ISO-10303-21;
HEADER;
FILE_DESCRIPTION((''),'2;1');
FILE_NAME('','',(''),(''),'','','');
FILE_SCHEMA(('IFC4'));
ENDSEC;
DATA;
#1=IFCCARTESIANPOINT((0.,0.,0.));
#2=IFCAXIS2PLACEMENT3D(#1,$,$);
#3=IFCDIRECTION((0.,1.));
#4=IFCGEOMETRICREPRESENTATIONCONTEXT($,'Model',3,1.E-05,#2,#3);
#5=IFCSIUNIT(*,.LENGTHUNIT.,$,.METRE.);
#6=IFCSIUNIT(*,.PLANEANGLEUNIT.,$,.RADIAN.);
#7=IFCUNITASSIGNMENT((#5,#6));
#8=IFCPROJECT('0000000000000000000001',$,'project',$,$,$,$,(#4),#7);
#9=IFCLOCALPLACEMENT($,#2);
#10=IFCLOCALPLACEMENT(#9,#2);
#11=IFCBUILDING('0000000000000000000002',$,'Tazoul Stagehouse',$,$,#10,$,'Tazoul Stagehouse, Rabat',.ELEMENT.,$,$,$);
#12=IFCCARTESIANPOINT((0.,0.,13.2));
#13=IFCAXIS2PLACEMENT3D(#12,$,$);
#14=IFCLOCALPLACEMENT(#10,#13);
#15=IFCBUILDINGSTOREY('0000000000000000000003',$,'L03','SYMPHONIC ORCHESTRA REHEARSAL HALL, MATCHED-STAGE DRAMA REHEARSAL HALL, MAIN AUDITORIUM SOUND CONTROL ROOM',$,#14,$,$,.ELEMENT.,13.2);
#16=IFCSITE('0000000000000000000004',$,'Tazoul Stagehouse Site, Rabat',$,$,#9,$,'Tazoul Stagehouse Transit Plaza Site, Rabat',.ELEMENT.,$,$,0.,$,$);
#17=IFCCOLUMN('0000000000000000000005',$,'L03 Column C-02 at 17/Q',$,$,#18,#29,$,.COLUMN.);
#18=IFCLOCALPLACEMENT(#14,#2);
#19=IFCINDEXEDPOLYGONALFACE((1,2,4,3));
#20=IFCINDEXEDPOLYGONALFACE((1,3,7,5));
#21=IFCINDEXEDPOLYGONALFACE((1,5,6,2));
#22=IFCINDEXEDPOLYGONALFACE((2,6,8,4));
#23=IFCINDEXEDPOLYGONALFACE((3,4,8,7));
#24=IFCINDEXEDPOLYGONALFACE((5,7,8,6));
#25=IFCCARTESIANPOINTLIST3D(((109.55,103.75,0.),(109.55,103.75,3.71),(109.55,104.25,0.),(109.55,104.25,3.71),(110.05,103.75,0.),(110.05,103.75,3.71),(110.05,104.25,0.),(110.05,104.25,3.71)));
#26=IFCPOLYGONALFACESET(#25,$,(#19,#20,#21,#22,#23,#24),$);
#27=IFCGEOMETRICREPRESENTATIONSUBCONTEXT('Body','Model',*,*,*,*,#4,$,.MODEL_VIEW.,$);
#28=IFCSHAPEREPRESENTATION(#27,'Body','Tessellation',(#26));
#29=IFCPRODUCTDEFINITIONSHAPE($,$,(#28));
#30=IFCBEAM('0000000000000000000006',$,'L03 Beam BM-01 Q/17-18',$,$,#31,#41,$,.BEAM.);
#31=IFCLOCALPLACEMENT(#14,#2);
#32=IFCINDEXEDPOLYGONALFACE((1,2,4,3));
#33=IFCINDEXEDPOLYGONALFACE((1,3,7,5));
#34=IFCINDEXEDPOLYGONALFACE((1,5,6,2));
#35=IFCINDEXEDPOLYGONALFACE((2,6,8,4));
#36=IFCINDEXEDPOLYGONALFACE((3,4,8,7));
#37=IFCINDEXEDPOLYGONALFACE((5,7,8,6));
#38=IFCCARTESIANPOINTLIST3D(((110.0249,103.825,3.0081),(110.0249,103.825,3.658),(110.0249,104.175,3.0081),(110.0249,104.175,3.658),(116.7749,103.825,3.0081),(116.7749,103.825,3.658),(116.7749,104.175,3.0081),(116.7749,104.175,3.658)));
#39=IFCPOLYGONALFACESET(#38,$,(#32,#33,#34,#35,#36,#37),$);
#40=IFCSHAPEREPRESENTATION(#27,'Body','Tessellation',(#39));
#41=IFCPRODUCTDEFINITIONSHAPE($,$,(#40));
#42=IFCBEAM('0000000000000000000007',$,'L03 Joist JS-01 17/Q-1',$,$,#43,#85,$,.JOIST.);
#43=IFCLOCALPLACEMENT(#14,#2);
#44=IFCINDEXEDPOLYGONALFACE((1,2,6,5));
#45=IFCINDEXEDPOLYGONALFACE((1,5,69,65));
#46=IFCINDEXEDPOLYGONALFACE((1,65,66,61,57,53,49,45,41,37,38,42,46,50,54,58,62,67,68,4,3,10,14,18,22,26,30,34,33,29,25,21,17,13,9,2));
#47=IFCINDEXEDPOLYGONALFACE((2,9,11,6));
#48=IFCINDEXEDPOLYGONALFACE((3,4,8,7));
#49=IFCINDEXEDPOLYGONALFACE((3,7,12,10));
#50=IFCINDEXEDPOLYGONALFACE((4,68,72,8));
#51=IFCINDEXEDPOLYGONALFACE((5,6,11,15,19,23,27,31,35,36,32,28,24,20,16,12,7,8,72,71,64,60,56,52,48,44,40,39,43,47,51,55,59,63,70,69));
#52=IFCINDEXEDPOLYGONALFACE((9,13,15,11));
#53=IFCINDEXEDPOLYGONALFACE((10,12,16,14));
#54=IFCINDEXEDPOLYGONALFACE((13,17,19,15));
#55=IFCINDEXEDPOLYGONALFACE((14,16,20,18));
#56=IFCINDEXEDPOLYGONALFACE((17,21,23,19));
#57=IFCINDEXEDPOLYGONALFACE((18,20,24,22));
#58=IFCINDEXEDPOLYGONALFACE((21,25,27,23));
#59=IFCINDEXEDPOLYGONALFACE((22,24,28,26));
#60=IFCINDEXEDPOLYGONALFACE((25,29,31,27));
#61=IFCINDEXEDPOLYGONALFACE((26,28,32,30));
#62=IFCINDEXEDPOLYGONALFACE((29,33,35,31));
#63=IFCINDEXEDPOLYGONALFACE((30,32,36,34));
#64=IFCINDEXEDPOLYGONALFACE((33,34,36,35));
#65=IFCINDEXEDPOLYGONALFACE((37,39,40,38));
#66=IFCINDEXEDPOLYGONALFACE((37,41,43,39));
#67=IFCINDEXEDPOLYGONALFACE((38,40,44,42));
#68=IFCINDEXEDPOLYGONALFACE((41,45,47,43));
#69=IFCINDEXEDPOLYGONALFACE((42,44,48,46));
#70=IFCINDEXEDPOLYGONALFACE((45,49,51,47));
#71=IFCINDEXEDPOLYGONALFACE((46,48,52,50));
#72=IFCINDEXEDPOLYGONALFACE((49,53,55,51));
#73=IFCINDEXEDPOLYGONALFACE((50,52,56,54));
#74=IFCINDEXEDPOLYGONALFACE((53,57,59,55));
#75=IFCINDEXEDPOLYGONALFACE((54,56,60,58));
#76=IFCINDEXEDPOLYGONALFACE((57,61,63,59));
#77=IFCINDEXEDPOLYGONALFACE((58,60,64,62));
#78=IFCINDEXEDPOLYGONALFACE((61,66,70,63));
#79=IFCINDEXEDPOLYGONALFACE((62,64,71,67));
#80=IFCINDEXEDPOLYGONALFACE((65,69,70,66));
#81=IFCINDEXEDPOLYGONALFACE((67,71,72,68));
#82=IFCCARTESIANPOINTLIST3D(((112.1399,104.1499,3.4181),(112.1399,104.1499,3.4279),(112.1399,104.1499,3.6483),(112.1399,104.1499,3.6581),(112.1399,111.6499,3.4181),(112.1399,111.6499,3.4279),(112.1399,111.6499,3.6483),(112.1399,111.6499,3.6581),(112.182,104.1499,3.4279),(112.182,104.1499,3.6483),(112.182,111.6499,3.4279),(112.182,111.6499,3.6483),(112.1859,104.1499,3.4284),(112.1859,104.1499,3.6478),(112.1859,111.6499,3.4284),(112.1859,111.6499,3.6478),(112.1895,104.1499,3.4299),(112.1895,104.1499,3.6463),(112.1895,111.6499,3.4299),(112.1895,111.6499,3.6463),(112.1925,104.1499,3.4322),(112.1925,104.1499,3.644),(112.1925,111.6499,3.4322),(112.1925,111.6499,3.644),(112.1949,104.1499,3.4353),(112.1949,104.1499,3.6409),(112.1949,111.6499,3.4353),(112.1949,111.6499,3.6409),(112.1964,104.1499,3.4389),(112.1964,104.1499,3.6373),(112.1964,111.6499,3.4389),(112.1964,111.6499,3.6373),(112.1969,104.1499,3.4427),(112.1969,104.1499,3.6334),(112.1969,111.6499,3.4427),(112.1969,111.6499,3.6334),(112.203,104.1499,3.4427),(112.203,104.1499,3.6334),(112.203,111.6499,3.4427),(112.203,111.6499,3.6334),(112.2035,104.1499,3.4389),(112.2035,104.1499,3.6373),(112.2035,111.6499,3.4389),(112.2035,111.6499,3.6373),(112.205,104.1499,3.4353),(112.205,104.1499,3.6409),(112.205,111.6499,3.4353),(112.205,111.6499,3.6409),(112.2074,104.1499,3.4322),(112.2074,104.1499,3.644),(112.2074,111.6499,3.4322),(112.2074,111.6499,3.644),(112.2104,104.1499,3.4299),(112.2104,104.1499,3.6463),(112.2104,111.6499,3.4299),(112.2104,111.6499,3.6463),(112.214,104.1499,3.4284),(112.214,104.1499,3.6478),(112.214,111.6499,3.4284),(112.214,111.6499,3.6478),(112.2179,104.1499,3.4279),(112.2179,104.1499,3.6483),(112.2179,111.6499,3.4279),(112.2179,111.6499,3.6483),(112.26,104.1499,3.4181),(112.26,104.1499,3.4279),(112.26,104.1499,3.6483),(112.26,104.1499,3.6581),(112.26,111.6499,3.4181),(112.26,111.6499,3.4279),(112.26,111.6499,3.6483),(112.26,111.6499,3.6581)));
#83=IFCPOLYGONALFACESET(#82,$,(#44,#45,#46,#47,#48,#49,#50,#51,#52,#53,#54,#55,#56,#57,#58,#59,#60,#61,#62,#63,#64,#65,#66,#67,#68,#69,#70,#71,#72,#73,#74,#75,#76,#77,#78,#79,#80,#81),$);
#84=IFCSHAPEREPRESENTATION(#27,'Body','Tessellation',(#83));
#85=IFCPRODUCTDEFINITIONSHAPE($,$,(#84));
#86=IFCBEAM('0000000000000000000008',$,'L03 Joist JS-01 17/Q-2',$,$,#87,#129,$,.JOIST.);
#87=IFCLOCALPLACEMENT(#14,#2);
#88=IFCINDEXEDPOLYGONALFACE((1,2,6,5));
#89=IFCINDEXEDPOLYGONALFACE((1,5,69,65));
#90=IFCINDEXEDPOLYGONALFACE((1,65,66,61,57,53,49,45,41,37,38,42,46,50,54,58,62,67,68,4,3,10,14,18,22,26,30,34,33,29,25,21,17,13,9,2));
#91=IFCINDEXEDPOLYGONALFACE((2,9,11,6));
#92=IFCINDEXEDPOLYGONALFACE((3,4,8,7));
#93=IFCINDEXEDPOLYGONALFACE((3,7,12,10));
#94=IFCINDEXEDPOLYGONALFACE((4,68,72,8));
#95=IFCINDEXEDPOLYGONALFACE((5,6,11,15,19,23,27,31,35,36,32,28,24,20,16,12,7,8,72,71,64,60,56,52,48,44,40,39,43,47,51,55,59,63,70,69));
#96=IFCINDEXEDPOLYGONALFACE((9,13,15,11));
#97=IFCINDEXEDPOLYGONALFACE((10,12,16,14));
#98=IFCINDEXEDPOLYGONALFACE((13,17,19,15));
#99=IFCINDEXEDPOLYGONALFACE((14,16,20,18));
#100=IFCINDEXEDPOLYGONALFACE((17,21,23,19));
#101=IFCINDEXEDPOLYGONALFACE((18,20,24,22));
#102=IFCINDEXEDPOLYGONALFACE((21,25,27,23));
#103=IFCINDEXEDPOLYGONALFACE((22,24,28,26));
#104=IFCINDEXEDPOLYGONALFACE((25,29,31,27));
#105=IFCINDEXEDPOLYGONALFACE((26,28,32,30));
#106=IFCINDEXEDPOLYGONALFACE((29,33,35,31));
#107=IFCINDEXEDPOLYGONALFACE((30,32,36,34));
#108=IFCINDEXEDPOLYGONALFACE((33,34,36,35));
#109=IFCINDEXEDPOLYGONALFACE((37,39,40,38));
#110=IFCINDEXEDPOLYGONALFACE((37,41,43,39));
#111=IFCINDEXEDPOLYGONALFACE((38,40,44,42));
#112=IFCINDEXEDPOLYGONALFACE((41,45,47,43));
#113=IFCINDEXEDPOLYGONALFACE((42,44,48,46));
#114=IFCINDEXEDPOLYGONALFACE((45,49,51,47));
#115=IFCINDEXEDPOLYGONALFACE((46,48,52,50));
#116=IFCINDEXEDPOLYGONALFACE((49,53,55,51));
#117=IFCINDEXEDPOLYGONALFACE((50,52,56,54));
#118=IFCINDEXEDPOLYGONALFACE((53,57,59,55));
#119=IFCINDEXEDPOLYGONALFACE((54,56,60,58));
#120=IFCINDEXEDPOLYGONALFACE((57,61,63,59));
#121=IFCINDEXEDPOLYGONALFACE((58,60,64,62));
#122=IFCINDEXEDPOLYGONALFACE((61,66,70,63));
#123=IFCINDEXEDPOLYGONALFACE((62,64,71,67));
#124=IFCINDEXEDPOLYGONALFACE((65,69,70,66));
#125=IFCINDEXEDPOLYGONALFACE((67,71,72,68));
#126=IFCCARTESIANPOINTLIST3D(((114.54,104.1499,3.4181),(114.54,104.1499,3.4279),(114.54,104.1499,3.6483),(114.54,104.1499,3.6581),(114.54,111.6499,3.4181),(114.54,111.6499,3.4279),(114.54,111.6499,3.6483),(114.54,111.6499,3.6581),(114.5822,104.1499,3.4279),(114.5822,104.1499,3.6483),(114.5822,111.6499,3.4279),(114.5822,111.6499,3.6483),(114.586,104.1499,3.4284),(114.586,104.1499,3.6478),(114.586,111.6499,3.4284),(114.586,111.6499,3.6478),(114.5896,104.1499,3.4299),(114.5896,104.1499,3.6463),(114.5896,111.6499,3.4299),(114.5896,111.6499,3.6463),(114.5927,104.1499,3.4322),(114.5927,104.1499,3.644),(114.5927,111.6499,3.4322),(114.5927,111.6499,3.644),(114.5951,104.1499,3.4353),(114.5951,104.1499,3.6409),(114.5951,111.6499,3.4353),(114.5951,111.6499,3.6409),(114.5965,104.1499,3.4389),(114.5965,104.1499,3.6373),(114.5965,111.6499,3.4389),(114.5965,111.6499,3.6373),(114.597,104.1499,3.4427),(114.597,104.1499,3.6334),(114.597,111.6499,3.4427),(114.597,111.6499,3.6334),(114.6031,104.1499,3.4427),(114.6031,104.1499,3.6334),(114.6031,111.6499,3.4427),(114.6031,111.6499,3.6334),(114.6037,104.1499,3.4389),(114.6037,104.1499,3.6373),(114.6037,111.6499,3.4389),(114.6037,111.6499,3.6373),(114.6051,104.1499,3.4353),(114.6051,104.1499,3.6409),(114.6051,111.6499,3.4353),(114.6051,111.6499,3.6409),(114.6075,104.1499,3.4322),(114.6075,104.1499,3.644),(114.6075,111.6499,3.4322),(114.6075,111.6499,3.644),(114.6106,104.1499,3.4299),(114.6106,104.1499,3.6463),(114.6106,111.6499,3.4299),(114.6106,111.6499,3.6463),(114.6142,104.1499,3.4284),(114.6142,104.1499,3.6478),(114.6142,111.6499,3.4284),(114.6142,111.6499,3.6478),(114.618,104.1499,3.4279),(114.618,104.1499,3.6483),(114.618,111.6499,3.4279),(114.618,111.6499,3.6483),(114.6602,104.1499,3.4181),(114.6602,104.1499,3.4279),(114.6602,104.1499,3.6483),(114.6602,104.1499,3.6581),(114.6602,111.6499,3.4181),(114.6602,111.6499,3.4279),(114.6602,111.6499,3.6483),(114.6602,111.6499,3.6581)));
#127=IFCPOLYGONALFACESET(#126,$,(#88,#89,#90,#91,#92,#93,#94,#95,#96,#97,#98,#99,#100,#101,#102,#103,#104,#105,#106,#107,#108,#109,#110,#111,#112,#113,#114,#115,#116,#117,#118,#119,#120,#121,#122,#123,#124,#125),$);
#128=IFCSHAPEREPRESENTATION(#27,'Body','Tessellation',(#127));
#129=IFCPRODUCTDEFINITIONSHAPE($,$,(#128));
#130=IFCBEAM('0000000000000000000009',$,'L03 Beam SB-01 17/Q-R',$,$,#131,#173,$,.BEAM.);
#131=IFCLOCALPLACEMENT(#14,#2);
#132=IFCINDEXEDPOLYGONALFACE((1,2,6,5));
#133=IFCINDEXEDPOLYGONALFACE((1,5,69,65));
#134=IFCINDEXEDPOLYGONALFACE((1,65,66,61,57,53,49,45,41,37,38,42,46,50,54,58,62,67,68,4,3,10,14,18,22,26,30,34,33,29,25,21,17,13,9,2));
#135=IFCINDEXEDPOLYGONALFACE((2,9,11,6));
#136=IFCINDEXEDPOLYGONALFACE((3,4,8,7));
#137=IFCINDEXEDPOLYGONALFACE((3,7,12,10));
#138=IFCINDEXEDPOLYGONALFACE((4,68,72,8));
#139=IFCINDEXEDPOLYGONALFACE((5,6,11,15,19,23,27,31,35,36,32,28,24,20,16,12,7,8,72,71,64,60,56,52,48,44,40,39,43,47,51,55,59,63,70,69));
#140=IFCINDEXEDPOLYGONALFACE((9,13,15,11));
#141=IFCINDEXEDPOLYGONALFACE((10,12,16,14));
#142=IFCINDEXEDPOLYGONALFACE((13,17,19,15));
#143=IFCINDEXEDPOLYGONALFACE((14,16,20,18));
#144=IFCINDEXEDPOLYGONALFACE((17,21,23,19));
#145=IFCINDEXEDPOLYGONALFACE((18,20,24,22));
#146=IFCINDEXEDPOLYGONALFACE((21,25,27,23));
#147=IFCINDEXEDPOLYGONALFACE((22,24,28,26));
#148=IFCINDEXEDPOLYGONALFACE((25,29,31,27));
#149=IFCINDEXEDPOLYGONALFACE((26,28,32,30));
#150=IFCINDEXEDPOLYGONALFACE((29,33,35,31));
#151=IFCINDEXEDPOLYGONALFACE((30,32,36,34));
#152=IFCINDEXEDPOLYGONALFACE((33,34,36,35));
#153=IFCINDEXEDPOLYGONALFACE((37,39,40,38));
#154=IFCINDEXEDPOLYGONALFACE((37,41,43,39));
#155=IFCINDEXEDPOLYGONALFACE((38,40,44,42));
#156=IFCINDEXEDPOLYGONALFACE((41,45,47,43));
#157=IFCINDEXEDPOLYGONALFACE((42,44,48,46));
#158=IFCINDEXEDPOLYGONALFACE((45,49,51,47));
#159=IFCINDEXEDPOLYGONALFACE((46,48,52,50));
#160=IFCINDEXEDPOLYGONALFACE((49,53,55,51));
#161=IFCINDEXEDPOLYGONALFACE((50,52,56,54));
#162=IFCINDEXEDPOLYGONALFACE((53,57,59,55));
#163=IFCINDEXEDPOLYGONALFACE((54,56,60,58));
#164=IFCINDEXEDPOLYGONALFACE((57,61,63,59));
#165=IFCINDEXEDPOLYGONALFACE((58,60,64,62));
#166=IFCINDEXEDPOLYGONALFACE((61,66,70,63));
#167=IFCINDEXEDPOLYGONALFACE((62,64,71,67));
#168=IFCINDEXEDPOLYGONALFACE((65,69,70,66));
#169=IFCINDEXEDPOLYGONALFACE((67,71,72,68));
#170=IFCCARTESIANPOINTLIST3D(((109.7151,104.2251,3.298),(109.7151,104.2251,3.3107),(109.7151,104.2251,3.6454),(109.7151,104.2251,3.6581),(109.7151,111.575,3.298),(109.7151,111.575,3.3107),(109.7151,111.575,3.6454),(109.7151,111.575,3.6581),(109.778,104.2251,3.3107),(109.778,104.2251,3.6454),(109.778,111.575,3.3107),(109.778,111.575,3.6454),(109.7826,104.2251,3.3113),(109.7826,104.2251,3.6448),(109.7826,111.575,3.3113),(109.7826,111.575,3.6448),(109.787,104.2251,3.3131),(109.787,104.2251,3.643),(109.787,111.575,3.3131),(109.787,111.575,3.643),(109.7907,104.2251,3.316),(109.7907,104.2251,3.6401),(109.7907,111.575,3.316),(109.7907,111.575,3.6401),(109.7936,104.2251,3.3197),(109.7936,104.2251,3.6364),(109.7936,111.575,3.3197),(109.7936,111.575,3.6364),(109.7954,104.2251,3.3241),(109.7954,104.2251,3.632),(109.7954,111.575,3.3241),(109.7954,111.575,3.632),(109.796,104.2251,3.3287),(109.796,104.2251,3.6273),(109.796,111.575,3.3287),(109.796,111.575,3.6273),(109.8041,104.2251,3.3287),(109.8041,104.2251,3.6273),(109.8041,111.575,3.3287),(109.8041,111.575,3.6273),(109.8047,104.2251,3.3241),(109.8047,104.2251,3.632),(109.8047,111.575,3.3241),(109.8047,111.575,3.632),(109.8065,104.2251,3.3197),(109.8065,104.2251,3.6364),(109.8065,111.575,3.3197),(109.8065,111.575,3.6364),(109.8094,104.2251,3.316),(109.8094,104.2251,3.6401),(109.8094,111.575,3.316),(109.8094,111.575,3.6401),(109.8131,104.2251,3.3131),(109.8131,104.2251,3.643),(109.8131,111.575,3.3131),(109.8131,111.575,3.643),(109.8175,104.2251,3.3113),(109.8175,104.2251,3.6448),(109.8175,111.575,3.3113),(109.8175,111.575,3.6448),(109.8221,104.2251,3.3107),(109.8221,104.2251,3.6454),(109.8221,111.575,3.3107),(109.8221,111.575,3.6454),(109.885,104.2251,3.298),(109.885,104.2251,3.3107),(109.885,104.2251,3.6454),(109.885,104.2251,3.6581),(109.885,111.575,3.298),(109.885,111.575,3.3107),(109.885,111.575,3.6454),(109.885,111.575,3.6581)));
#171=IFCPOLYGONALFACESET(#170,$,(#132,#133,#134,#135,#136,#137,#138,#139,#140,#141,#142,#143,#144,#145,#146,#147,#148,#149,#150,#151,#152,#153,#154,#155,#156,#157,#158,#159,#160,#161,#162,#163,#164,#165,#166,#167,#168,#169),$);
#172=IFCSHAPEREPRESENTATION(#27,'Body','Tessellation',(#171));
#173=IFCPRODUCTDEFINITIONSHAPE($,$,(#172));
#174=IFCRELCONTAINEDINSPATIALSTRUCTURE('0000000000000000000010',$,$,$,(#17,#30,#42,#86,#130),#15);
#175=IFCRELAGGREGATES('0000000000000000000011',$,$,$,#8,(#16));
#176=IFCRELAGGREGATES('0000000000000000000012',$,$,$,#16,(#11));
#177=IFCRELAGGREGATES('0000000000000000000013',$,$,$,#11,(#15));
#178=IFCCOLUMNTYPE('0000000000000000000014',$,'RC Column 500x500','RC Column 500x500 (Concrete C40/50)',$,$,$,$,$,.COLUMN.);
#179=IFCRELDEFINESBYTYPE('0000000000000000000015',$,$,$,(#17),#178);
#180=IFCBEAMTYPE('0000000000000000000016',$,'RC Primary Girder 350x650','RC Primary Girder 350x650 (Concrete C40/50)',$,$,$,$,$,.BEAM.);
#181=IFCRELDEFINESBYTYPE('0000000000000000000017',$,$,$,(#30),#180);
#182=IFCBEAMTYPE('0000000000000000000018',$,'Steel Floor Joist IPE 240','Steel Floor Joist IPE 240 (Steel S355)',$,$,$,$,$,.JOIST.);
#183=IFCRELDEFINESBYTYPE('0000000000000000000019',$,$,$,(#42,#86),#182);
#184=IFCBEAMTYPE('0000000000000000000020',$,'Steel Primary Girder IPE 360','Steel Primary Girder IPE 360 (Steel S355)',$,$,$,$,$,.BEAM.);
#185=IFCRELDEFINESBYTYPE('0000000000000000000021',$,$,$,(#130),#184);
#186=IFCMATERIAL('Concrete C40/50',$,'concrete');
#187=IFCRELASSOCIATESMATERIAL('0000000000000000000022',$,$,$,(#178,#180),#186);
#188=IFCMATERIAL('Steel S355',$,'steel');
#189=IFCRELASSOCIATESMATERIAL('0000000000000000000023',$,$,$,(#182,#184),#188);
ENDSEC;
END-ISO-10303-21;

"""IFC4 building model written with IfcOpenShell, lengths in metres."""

from ifc_helpers import new_model, si_unit, direction, frame, origin, origin_2d, place, context, subcontext, project, spatial, rectangle, i_section, extrude, material, material_profile, profile_set, type_object, element, save


model = new_model("IFC4")

# Units and contexts
model_context = context("Model", 3, precision=1e-05, world=origin(), true_north=direction((0.0, 1.0)))
body_context = subcontext(model_context, "Body", "Model", "MODEL_VIEW")
ifc_project = project(units=[si_unit("LENGTHUNIT", "METRE"), si_unit("PLANEANGLEUNIT", "RADIAN")], contexts=[model_context])

# Site, building, storey
site_placement = place(None, origin())
site = spatial("IfcSite", under=ifc_project, at=site_placement, Name="Tazoul Stagehouse Site, Rabat", LongName="Tazoul Stagehouse Transit Plaza Site, Rabat", CompositionType="ELEMENT", RefElevation=0.0)
building_placement = place(site_placement, origin())
building = spatial("IfcBuilding", under=site, at=building_placement, Name="Tazoul Stagehouse", LongName="Tazoul Stagehouse, Rabat", CompositionType="ELEMENT")
storey_placement = place(building_placement, frame((0.0, 0.0, 13.2)))
storey = spatial("IfcBuildingStorey", under=building, at=storey_placement, Name="L03", Description="SYMPHONIC ORCHESTRA REHEARSAL HALL, MATCHED-STAGE DRAMA REHEARSAL HALL, MAIN AUDITORIUM SOUND CONTROL ROOM", CompositionType="ELEMENT", Elevation=13.2)

# Column
ifc_material_1 = material(Name="Concrete C40/50", Category="concrete")
ifc_material_profile_1 = material_profile(ifc_material_1, rectangle(XDim=0.5, YDim=0.5, at=origin_2d()), Name="RC 500x500")
ifc_profile_set_1 = profile_set([ifc_material_profile_1], Name="Concrete C40/50")
column_type = type_object("IfcColumnType", Name="RC Column 500x500", Description="RC Column 500x500 (Concrete C40/50)", PredefinedType="COLUMN", material=ifc_profile_set_1)
column_placement = place(storey_placement, frame((109.8, 104.0, 0.0), z_axis=(0.0, 0.0, 1.0), x_axis=(1.0, 0.0, 0.0)))
element("IfcColumn", 1, at=column_placement, inside=storey, type_object=column_type, Name="L03 Column C-02 at 17/Q", PredefinedType="COLUMN", context=body_context, shape_type="SweptSolid", body=[
    extrude(rectangle(XDim=0.5, YDim=0.5, at=origin_2d()), origin(), (0.0, 0.0, 1.0), 3.71),
])

# Beams
ifc_material_profile_2 = material_profile(ifc_material_1, rectangle(XDim=0.3501, YDim=0.6499, at=origin_2d()), Name="RC 350x650")
ifc_profile_set_2 = profile_set([ifc_material_profile_2], Name="Concrete C40/50")
beam_type_1 = type_object("IfcBeamType", Name="RC Primary Girder 350x650", Description="RC Primary Girder 350x650 (Concrete C40/50)", PredefinedType="BEAM", material=ifc_profile_set_2)
beam_1_placement = place(storey_placement, frame((110.0249, 104.0, 3.333), z_axis=(1.0, 0.0, 0.0), x_axis=(0.0, 1.0, 0.0)))
element("IfcBeam", 2, at=beam_1_placement, inside=storey, type_object=beam_type_1, Name="L03 Beam BM-01 Q/17-18", PredefinedType="BEAM", context=body_context, shape_type="SweptSolid", body=[
    extrude(rectangle(XDim=0.3501, YDim=0.6499, at=origin_2d()), origin(), (0.0, 0.0, 1.0), 6.75),
])
ifc_material_2 = material(Name="Steel S355", Category="steel")
ifc_material_profile_3 = material_profile(ifc_material_2, i_section(OverallWidth=0.1201, OverallDepth=0.24, WebThickness=0.0061, FlangeThickness=0.0098, FilletRadius=0.0149, at=origin_2d()), Name="IPE 240")
ifc_profile_set_3 = profile_set([ifc_material_profile_3], Name="Steel S355")
beam_type_2 = type_object("IfcBeamType", Name="Steel Floor Joist IPE 240", Description="Steel Floor Joist IPE 240 (Steel S355)", PredefinedType="JOIST", material=ifc_profile_set_3)
for number, where, z_axis, x_axis, name in (
    (3, (112.2, 104.1499, 3.5381), (0.0, 1.0, 0.0), (-1.0, 0.0, 0.0), "L03 Joist JS-01 17/Q-1"),
    (4, (114.6001, 104.1499, 3.5381), (0.0, 1.0, 0.0), (-1.0, 0.0, 0.0), "L03 Joist JS-01 17/Q-2"),
):
    element("IfcBeam", number, at=place(storey_placement, frame(where, z_axis=z_axis, x_axis=x_axis)), inside=storey, type_object=beam_type_2, Name=name, PredefinedType="JOIST", context=body_context, shape_type="SweptSolid", body=[
        extrude(i_section(OverallWidth=0.1201, OverallDepth=0.24, WebThickness=0.0061, FlangeThickness=0.0098, FilletRadius=0.0149, at=origin_2d()), origin(), (0.0, 0.0, 1.0), 7.5),
    ])
ifc_material_profile_4 = material_profile(ifc_material_2, i_section(OverallWidth=0.1699, OverallDepth=0.3601, WebThickness=0.0081, FlangeThickness=0.0127, FilletRadius=0.0181, at=origin_2d()), Name="IPE 360")
ifc_profile_set_4 = profile_set([ifc_material_profile_4], Name="Steel S355")
beam_type_3 = type_object("IfcBeamType", Name="Steel Primary Girder IPE 360", Description="Steel Primary Girder IPE 360 (Steel S355)", PredefinedType="BEAM", material=ifc_profile_set_4)
beam_2_placement = place(storey_placement, frame((109.8, 104.2251, 3.478), z_axis=(0.0, 1.0, 0.0), x_axis=(-1.0, 0.0, 0.0)))
element("IfcBeam", 5, at=beam_2_placement, inside=storey, type_object=beam_type_3, Name="L03 Beam SB-01 17/Q-R", PredefinedType="BEAM", context=body_context, shape_type="SweptSolid", body=[
    extrude(i_section(OverallWidth=0.1699, OverallDepth=0.3601, WebThickness=0.0081, FlangeThickness=0.0127, FilletRadius=0.0181, at=origin_2d()), origin(), (0.0, 0.0, 1.0), 7.3499),
])

save(model, "model.ifc")
